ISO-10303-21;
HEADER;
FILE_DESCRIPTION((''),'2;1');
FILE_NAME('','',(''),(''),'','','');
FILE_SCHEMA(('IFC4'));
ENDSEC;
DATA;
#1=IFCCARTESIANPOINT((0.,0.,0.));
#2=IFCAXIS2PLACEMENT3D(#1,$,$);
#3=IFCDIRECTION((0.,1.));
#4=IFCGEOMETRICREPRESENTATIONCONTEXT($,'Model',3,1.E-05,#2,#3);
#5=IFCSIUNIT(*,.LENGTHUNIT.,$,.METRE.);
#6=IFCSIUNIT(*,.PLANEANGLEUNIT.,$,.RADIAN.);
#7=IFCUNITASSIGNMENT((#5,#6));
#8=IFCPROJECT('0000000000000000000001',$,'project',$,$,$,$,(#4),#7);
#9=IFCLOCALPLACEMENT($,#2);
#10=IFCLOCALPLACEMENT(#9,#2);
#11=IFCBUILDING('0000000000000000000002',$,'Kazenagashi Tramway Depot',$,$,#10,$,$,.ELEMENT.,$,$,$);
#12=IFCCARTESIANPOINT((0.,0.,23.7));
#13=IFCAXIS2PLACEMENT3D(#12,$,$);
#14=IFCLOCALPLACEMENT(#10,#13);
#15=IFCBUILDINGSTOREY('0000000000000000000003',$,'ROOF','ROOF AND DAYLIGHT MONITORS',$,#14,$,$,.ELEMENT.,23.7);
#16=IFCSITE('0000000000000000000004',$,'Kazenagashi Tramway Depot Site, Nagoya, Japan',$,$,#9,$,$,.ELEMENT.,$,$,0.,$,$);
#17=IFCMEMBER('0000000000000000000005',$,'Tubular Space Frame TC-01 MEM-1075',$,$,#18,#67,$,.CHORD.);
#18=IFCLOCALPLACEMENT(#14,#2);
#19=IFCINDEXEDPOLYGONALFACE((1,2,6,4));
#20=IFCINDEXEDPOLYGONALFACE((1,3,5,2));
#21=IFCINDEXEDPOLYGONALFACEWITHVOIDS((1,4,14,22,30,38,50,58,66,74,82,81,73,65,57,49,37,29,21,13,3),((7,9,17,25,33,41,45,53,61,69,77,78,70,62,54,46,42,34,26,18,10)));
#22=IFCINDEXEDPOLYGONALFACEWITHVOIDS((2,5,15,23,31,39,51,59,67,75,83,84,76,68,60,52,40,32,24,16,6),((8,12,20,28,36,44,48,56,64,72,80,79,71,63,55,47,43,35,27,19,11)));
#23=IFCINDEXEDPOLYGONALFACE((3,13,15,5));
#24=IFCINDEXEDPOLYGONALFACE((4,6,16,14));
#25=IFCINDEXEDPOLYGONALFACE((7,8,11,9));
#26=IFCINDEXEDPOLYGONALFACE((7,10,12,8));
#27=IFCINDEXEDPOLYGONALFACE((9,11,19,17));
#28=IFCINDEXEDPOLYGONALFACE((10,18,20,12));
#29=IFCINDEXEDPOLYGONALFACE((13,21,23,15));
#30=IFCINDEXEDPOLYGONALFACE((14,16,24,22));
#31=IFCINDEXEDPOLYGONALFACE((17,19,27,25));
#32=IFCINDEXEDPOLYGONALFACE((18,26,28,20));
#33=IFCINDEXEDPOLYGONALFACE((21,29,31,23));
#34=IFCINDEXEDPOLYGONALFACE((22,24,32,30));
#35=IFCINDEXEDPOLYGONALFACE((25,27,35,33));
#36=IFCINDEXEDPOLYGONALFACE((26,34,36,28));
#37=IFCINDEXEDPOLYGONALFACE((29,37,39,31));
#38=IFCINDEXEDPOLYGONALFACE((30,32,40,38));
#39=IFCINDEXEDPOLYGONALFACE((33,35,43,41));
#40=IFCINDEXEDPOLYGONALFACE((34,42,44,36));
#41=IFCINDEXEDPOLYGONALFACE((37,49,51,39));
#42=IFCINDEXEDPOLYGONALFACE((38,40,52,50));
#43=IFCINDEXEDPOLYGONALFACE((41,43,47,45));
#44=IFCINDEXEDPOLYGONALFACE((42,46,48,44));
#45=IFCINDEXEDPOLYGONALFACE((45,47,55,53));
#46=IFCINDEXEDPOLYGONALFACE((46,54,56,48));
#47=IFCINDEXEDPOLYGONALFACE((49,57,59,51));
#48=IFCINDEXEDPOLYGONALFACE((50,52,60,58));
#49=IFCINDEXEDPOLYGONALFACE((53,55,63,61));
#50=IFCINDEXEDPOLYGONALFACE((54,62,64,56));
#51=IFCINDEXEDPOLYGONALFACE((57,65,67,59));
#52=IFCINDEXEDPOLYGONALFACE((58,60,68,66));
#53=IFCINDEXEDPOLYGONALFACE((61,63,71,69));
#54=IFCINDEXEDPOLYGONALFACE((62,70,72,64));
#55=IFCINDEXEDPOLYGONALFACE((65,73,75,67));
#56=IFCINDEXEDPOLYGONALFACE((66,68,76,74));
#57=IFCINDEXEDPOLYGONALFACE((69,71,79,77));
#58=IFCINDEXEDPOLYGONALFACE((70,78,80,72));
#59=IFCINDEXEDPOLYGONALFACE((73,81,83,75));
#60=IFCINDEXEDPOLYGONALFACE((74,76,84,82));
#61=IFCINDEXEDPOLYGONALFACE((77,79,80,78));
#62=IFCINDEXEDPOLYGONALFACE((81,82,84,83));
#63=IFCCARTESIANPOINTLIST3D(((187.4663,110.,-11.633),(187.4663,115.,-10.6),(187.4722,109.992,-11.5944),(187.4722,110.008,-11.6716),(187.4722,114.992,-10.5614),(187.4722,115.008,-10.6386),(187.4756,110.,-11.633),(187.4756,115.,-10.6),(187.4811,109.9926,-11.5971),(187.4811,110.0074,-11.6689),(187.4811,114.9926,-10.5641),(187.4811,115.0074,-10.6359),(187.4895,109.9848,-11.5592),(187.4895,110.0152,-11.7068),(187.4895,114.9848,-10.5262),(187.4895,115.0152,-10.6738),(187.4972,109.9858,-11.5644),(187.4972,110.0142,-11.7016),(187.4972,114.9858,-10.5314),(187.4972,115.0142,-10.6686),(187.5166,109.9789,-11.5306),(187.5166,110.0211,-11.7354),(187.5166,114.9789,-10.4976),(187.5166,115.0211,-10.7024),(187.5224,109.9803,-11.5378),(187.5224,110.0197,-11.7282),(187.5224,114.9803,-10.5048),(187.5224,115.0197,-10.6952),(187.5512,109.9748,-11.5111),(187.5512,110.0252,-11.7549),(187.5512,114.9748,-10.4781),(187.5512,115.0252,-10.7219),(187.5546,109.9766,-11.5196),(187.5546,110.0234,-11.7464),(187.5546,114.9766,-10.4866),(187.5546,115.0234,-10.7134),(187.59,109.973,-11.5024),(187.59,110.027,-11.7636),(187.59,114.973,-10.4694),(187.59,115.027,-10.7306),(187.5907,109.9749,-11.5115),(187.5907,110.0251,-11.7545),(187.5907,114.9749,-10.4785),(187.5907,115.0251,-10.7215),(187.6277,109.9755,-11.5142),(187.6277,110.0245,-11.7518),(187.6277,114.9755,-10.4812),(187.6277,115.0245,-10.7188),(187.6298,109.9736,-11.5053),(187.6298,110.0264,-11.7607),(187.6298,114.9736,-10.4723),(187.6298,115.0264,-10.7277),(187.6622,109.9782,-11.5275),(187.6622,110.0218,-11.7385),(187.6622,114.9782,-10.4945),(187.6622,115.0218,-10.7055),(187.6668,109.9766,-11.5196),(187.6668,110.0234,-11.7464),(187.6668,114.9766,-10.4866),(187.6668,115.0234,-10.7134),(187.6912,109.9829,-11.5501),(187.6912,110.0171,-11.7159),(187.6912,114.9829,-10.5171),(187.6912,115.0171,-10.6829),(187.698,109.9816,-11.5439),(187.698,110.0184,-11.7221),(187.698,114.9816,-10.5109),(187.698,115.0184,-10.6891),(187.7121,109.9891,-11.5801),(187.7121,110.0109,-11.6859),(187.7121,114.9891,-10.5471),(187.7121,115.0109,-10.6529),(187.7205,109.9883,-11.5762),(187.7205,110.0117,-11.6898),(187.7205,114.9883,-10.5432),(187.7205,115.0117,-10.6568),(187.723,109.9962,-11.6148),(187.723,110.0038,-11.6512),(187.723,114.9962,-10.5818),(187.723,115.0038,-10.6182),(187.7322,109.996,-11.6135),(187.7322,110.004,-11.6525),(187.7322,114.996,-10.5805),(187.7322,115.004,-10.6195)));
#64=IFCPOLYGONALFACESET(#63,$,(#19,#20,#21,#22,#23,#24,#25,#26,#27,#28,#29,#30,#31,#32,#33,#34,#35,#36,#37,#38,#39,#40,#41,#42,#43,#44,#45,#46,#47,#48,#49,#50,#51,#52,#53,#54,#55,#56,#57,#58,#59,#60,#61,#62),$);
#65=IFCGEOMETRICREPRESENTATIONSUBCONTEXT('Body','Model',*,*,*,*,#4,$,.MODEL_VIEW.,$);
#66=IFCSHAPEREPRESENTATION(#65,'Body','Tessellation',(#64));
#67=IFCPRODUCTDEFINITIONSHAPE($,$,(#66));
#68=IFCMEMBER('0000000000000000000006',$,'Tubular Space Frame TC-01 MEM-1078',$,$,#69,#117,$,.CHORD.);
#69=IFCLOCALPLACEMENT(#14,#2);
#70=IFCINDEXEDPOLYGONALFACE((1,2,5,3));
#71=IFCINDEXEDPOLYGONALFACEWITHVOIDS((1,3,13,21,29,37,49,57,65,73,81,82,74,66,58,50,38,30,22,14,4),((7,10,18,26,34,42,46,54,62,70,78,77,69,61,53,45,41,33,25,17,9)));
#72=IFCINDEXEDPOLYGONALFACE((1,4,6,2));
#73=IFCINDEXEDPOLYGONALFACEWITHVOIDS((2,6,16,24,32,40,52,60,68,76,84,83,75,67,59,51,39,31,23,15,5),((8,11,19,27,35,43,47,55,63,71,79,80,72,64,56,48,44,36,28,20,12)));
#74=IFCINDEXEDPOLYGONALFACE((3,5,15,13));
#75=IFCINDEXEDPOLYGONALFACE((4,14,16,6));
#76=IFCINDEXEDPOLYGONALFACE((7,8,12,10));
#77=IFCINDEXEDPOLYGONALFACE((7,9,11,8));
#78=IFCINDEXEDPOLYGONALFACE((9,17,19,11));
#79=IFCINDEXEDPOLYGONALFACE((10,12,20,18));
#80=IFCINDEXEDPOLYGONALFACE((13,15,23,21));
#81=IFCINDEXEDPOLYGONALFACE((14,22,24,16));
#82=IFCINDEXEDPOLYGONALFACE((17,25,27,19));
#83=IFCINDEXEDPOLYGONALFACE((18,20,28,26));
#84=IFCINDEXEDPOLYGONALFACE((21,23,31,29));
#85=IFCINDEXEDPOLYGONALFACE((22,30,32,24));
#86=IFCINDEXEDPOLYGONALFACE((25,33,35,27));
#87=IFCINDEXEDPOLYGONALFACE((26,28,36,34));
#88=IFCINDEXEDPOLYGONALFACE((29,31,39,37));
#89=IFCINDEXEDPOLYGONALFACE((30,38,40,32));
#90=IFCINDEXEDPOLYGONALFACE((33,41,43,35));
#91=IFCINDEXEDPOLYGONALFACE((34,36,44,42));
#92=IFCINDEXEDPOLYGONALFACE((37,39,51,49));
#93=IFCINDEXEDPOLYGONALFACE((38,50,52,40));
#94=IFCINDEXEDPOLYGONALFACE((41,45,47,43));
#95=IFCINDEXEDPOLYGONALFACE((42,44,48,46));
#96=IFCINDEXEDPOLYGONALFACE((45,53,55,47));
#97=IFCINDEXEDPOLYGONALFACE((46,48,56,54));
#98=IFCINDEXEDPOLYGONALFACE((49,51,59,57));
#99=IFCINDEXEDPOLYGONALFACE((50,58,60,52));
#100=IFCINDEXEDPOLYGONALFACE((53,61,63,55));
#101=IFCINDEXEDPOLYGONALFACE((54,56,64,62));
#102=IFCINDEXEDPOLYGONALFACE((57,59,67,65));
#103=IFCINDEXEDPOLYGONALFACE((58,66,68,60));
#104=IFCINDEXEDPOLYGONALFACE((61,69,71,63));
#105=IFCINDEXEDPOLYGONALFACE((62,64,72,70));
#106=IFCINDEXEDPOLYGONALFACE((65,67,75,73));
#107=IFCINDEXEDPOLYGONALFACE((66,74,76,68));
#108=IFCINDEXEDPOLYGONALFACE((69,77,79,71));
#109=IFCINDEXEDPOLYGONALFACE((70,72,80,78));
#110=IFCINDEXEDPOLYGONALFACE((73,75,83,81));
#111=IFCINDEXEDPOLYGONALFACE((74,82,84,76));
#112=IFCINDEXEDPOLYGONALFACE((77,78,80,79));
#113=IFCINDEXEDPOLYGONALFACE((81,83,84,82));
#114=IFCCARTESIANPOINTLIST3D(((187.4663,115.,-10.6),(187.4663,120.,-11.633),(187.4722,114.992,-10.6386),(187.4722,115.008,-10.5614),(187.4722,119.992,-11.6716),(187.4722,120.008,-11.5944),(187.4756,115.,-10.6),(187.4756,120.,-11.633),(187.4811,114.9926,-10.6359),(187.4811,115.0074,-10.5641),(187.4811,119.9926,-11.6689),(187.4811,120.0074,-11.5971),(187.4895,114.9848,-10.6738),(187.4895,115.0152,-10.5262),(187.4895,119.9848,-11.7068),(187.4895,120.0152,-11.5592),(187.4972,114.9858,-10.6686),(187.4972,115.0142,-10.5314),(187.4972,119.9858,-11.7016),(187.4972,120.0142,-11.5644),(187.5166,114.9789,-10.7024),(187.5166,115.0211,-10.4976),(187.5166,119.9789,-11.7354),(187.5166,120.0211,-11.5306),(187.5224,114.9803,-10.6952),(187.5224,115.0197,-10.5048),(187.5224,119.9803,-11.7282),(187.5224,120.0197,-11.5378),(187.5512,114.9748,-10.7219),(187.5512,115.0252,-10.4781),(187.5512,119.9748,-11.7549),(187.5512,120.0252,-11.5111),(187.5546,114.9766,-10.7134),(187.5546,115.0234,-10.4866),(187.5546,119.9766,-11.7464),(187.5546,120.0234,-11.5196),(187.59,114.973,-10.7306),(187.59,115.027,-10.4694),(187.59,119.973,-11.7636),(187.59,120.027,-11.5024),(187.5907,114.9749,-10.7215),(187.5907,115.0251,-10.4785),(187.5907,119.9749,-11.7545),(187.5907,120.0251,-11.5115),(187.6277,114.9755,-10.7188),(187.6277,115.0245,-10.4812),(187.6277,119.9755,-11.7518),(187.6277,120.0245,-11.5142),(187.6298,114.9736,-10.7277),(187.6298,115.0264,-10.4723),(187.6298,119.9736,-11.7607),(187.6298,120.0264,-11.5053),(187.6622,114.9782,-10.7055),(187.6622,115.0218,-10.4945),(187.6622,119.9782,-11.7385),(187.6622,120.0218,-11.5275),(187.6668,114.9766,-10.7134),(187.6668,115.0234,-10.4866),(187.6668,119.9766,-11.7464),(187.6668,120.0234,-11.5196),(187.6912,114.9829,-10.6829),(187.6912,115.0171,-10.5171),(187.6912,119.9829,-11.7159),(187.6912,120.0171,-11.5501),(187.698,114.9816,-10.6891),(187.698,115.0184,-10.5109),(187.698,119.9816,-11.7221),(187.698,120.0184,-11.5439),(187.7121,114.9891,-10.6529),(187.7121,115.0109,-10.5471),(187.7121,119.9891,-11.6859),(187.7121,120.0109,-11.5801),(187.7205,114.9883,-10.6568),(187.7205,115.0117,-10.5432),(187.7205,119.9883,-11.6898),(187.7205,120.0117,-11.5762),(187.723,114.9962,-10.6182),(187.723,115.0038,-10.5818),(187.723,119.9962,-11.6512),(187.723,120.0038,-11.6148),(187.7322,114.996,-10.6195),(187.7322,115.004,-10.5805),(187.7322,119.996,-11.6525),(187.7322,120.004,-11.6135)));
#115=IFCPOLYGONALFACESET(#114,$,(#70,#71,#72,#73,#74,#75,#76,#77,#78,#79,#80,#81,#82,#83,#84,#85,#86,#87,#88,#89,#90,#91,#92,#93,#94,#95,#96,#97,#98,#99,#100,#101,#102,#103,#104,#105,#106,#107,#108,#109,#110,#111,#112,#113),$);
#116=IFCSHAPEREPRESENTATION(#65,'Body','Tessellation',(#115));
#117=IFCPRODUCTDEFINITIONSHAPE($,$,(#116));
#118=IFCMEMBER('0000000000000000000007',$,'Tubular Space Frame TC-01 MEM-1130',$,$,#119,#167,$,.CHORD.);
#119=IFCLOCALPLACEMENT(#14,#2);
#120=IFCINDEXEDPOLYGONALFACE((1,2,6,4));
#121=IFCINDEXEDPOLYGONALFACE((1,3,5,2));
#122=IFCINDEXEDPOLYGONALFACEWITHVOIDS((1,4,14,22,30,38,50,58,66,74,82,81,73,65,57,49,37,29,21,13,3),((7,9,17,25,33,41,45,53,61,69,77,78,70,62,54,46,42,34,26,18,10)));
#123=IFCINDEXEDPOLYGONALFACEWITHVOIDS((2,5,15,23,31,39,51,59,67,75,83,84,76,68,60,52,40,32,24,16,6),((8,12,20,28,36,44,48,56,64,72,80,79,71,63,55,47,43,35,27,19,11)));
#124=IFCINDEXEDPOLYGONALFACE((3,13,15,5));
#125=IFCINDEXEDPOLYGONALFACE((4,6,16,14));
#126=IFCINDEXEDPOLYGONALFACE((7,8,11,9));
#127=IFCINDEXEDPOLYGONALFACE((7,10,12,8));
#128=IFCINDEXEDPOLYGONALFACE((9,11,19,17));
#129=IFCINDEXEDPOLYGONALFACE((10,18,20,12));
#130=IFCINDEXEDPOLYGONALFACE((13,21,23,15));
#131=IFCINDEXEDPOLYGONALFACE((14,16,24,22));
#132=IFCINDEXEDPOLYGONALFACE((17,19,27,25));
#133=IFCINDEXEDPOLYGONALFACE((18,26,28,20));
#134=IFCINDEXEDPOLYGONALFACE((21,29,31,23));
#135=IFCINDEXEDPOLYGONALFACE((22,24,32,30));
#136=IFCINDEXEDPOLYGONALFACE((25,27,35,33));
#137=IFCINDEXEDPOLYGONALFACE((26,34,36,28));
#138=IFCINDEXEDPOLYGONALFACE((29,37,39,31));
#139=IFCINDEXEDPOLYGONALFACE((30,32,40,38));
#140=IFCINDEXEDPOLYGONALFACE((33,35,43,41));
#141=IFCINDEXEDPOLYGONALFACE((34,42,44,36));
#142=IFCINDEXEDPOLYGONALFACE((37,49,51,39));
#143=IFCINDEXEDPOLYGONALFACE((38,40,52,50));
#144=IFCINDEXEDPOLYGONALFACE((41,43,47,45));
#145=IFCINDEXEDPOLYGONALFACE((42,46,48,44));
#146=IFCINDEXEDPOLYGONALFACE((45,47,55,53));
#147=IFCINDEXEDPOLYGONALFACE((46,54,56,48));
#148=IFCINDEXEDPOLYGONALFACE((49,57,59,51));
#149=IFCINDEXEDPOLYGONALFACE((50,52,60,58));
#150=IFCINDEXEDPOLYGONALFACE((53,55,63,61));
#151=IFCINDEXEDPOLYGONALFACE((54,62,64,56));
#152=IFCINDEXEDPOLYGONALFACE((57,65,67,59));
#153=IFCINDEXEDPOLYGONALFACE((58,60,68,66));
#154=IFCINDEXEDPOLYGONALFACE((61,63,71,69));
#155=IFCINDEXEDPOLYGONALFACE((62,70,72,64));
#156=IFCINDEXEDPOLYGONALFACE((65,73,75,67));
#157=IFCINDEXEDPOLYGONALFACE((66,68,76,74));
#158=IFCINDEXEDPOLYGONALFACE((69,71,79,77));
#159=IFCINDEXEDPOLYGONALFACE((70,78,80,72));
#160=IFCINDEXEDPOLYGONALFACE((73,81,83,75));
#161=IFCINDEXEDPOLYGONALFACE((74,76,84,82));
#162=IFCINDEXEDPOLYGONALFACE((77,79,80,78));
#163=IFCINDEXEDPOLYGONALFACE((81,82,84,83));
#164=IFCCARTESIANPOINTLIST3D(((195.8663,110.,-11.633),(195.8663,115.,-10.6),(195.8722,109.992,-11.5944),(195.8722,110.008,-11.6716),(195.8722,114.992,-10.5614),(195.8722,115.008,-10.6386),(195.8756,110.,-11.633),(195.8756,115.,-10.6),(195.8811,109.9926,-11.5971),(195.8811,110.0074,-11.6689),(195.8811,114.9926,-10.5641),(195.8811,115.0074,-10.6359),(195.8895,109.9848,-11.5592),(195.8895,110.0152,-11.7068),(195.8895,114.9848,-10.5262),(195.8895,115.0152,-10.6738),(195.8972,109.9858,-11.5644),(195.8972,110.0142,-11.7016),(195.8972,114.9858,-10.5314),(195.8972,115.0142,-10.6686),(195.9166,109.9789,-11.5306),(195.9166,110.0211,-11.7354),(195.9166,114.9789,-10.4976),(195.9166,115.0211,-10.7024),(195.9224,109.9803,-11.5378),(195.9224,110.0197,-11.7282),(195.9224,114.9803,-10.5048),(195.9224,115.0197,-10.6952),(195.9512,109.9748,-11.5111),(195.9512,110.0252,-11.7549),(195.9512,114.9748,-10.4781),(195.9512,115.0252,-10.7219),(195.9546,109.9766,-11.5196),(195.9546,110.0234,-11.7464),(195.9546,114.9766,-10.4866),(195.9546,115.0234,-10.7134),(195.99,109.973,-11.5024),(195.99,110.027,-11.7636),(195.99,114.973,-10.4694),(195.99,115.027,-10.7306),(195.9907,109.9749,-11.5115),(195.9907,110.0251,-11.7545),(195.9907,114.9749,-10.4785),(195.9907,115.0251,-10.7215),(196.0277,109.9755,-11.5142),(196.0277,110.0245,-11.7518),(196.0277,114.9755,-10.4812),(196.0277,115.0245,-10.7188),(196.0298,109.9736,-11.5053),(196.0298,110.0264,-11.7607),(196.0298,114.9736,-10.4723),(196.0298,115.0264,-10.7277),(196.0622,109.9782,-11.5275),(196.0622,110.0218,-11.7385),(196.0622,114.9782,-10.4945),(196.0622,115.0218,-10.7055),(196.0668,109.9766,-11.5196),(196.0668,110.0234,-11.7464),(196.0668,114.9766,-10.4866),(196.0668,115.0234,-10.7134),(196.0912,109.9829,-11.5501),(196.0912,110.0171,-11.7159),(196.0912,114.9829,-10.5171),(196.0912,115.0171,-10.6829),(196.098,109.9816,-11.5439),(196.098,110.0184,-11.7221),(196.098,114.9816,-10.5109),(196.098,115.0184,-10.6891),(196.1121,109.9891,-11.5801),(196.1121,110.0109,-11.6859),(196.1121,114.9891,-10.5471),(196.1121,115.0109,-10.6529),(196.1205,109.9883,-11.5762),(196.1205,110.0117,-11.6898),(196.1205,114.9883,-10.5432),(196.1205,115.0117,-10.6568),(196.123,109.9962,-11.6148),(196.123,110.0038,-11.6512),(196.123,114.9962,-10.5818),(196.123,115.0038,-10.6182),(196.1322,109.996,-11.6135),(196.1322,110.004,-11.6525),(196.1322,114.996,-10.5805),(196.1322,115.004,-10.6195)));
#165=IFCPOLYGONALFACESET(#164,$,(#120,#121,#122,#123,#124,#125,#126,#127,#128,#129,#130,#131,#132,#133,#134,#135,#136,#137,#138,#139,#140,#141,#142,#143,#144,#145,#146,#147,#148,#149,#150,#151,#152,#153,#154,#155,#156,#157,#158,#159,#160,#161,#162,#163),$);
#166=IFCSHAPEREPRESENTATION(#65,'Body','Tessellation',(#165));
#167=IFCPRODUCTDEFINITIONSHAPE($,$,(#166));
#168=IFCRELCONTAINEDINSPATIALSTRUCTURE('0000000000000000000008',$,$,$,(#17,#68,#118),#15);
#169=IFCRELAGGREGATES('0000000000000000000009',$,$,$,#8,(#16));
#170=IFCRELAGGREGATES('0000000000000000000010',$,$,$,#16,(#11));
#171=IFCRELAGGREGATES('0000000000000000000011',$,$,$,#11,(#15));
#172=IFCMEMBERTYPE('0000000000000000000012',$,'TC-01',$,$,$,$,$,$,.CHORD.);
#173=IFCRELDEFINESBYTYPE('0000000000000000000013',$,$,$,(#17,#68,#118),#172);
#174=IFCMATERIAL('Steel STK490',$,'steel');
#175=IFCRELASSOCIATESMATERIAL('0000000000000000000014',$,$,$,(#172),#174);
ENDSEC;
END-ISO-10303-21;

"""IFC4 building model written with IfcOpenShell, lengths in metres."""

from ifc_helpers import new_model, si_unit, direction, frame, origin, origin_2d, place, context, subcontext, project, spatial, hollow_circle, extrude, material, material_profile, profile_set, type_object, element, save


model = new_model("IFC4")

# Units and contexts
model_context = context("Model", 3, precision=1e-05, world=origin(), true_north=direction((0.0, 1.0)))
body_context = subcontext(model_context, "Body", "Model", "MODEL_VIEW")
ifc_project = project(units=[si_unit("LENGTHUNIT", "METRE"), si_unit("PLANEANGLEUNIT", "RADIAN")], contexts=[model_context])

# Site, building, storey
site_placement = place(None, origin())
site = spatial("IfcSite", under=ifc_project, at=site_placement, Name="Kazenagashi Tramway Depot Site, Nagoya, Japan", CompositionType="ELEMENT", RefElevation=0.0)
building_placement = place(site_placement, origin())
building = spatial("IfcBuilding", under=site, at=building_placement, Name="Kazenagashi Tramway Depot", CompositionType="ELEMENT")
storey_placement = place(building_placement, frame((0.0, 0.0, 23.7)))
storey = spatial("IfcBuildingStorey", under=building, at=storey_placement, Name="ROOF", Description="ROOF AND DAYLIGHT MONITORS", CompositionType="ELEMENT", Elevation=23.7)

# Members
ifc_material_1 = material(Name="Steel STK490", Category="steel")
ifc_material_profile_1 = material_profile(ifc_material_1, hollow_circle(Radius=0.1337, WallThickness=0.0093, at=origin_2d()), Name="CHS-267.4x9.3")
ifc_profile_set_1 = profile_set([ifc_material_profile_1], Name="Steel STK490")
member_type_1 = type_object("IfcMemberType", Name="TC-01", PredefinedType="CHORD", material=ifc_profile_set_1)
for number, where, z_axis, x_axis, name in (
    (1, (187.6, 110.0, -11.633), (0.0, 0.979318, 0.202327), (-1.0, 0.0, 0.0), "Tubular Space Frame TC-01 MEM-1075"),
    (2, (187.6, 115.0, -10.6), (0.0, 0.979318, -0.202327), (-1.0, 0.0, 0.0), "Tubular Space Frame TC-01 MEM-1078"),
    (3, (196.0, 110.0, -11.633), (0.0, 0.979318, 0.202327), (-1.0, 0.0, 0.0), "Tubular Space Frame TC-01 MEM-1130"),
):
    element("IfcMember", number, at=place(storey_placement, frame(where, z_axis=z_axis, x_axis=x_axis)), inside=storey, type_object=member_type_1, Name=name, PredefinedType="CHORD", context=body_context, shape_type="SweptSolid", body=[
        extrude(hollow_circle(Radius=0.1337, WallThickness=0.0093, at=origin_2d()), origin(), (0.0, 0.0, 1.0), 5.1056),
    ])

save(model, "model.ifc")
